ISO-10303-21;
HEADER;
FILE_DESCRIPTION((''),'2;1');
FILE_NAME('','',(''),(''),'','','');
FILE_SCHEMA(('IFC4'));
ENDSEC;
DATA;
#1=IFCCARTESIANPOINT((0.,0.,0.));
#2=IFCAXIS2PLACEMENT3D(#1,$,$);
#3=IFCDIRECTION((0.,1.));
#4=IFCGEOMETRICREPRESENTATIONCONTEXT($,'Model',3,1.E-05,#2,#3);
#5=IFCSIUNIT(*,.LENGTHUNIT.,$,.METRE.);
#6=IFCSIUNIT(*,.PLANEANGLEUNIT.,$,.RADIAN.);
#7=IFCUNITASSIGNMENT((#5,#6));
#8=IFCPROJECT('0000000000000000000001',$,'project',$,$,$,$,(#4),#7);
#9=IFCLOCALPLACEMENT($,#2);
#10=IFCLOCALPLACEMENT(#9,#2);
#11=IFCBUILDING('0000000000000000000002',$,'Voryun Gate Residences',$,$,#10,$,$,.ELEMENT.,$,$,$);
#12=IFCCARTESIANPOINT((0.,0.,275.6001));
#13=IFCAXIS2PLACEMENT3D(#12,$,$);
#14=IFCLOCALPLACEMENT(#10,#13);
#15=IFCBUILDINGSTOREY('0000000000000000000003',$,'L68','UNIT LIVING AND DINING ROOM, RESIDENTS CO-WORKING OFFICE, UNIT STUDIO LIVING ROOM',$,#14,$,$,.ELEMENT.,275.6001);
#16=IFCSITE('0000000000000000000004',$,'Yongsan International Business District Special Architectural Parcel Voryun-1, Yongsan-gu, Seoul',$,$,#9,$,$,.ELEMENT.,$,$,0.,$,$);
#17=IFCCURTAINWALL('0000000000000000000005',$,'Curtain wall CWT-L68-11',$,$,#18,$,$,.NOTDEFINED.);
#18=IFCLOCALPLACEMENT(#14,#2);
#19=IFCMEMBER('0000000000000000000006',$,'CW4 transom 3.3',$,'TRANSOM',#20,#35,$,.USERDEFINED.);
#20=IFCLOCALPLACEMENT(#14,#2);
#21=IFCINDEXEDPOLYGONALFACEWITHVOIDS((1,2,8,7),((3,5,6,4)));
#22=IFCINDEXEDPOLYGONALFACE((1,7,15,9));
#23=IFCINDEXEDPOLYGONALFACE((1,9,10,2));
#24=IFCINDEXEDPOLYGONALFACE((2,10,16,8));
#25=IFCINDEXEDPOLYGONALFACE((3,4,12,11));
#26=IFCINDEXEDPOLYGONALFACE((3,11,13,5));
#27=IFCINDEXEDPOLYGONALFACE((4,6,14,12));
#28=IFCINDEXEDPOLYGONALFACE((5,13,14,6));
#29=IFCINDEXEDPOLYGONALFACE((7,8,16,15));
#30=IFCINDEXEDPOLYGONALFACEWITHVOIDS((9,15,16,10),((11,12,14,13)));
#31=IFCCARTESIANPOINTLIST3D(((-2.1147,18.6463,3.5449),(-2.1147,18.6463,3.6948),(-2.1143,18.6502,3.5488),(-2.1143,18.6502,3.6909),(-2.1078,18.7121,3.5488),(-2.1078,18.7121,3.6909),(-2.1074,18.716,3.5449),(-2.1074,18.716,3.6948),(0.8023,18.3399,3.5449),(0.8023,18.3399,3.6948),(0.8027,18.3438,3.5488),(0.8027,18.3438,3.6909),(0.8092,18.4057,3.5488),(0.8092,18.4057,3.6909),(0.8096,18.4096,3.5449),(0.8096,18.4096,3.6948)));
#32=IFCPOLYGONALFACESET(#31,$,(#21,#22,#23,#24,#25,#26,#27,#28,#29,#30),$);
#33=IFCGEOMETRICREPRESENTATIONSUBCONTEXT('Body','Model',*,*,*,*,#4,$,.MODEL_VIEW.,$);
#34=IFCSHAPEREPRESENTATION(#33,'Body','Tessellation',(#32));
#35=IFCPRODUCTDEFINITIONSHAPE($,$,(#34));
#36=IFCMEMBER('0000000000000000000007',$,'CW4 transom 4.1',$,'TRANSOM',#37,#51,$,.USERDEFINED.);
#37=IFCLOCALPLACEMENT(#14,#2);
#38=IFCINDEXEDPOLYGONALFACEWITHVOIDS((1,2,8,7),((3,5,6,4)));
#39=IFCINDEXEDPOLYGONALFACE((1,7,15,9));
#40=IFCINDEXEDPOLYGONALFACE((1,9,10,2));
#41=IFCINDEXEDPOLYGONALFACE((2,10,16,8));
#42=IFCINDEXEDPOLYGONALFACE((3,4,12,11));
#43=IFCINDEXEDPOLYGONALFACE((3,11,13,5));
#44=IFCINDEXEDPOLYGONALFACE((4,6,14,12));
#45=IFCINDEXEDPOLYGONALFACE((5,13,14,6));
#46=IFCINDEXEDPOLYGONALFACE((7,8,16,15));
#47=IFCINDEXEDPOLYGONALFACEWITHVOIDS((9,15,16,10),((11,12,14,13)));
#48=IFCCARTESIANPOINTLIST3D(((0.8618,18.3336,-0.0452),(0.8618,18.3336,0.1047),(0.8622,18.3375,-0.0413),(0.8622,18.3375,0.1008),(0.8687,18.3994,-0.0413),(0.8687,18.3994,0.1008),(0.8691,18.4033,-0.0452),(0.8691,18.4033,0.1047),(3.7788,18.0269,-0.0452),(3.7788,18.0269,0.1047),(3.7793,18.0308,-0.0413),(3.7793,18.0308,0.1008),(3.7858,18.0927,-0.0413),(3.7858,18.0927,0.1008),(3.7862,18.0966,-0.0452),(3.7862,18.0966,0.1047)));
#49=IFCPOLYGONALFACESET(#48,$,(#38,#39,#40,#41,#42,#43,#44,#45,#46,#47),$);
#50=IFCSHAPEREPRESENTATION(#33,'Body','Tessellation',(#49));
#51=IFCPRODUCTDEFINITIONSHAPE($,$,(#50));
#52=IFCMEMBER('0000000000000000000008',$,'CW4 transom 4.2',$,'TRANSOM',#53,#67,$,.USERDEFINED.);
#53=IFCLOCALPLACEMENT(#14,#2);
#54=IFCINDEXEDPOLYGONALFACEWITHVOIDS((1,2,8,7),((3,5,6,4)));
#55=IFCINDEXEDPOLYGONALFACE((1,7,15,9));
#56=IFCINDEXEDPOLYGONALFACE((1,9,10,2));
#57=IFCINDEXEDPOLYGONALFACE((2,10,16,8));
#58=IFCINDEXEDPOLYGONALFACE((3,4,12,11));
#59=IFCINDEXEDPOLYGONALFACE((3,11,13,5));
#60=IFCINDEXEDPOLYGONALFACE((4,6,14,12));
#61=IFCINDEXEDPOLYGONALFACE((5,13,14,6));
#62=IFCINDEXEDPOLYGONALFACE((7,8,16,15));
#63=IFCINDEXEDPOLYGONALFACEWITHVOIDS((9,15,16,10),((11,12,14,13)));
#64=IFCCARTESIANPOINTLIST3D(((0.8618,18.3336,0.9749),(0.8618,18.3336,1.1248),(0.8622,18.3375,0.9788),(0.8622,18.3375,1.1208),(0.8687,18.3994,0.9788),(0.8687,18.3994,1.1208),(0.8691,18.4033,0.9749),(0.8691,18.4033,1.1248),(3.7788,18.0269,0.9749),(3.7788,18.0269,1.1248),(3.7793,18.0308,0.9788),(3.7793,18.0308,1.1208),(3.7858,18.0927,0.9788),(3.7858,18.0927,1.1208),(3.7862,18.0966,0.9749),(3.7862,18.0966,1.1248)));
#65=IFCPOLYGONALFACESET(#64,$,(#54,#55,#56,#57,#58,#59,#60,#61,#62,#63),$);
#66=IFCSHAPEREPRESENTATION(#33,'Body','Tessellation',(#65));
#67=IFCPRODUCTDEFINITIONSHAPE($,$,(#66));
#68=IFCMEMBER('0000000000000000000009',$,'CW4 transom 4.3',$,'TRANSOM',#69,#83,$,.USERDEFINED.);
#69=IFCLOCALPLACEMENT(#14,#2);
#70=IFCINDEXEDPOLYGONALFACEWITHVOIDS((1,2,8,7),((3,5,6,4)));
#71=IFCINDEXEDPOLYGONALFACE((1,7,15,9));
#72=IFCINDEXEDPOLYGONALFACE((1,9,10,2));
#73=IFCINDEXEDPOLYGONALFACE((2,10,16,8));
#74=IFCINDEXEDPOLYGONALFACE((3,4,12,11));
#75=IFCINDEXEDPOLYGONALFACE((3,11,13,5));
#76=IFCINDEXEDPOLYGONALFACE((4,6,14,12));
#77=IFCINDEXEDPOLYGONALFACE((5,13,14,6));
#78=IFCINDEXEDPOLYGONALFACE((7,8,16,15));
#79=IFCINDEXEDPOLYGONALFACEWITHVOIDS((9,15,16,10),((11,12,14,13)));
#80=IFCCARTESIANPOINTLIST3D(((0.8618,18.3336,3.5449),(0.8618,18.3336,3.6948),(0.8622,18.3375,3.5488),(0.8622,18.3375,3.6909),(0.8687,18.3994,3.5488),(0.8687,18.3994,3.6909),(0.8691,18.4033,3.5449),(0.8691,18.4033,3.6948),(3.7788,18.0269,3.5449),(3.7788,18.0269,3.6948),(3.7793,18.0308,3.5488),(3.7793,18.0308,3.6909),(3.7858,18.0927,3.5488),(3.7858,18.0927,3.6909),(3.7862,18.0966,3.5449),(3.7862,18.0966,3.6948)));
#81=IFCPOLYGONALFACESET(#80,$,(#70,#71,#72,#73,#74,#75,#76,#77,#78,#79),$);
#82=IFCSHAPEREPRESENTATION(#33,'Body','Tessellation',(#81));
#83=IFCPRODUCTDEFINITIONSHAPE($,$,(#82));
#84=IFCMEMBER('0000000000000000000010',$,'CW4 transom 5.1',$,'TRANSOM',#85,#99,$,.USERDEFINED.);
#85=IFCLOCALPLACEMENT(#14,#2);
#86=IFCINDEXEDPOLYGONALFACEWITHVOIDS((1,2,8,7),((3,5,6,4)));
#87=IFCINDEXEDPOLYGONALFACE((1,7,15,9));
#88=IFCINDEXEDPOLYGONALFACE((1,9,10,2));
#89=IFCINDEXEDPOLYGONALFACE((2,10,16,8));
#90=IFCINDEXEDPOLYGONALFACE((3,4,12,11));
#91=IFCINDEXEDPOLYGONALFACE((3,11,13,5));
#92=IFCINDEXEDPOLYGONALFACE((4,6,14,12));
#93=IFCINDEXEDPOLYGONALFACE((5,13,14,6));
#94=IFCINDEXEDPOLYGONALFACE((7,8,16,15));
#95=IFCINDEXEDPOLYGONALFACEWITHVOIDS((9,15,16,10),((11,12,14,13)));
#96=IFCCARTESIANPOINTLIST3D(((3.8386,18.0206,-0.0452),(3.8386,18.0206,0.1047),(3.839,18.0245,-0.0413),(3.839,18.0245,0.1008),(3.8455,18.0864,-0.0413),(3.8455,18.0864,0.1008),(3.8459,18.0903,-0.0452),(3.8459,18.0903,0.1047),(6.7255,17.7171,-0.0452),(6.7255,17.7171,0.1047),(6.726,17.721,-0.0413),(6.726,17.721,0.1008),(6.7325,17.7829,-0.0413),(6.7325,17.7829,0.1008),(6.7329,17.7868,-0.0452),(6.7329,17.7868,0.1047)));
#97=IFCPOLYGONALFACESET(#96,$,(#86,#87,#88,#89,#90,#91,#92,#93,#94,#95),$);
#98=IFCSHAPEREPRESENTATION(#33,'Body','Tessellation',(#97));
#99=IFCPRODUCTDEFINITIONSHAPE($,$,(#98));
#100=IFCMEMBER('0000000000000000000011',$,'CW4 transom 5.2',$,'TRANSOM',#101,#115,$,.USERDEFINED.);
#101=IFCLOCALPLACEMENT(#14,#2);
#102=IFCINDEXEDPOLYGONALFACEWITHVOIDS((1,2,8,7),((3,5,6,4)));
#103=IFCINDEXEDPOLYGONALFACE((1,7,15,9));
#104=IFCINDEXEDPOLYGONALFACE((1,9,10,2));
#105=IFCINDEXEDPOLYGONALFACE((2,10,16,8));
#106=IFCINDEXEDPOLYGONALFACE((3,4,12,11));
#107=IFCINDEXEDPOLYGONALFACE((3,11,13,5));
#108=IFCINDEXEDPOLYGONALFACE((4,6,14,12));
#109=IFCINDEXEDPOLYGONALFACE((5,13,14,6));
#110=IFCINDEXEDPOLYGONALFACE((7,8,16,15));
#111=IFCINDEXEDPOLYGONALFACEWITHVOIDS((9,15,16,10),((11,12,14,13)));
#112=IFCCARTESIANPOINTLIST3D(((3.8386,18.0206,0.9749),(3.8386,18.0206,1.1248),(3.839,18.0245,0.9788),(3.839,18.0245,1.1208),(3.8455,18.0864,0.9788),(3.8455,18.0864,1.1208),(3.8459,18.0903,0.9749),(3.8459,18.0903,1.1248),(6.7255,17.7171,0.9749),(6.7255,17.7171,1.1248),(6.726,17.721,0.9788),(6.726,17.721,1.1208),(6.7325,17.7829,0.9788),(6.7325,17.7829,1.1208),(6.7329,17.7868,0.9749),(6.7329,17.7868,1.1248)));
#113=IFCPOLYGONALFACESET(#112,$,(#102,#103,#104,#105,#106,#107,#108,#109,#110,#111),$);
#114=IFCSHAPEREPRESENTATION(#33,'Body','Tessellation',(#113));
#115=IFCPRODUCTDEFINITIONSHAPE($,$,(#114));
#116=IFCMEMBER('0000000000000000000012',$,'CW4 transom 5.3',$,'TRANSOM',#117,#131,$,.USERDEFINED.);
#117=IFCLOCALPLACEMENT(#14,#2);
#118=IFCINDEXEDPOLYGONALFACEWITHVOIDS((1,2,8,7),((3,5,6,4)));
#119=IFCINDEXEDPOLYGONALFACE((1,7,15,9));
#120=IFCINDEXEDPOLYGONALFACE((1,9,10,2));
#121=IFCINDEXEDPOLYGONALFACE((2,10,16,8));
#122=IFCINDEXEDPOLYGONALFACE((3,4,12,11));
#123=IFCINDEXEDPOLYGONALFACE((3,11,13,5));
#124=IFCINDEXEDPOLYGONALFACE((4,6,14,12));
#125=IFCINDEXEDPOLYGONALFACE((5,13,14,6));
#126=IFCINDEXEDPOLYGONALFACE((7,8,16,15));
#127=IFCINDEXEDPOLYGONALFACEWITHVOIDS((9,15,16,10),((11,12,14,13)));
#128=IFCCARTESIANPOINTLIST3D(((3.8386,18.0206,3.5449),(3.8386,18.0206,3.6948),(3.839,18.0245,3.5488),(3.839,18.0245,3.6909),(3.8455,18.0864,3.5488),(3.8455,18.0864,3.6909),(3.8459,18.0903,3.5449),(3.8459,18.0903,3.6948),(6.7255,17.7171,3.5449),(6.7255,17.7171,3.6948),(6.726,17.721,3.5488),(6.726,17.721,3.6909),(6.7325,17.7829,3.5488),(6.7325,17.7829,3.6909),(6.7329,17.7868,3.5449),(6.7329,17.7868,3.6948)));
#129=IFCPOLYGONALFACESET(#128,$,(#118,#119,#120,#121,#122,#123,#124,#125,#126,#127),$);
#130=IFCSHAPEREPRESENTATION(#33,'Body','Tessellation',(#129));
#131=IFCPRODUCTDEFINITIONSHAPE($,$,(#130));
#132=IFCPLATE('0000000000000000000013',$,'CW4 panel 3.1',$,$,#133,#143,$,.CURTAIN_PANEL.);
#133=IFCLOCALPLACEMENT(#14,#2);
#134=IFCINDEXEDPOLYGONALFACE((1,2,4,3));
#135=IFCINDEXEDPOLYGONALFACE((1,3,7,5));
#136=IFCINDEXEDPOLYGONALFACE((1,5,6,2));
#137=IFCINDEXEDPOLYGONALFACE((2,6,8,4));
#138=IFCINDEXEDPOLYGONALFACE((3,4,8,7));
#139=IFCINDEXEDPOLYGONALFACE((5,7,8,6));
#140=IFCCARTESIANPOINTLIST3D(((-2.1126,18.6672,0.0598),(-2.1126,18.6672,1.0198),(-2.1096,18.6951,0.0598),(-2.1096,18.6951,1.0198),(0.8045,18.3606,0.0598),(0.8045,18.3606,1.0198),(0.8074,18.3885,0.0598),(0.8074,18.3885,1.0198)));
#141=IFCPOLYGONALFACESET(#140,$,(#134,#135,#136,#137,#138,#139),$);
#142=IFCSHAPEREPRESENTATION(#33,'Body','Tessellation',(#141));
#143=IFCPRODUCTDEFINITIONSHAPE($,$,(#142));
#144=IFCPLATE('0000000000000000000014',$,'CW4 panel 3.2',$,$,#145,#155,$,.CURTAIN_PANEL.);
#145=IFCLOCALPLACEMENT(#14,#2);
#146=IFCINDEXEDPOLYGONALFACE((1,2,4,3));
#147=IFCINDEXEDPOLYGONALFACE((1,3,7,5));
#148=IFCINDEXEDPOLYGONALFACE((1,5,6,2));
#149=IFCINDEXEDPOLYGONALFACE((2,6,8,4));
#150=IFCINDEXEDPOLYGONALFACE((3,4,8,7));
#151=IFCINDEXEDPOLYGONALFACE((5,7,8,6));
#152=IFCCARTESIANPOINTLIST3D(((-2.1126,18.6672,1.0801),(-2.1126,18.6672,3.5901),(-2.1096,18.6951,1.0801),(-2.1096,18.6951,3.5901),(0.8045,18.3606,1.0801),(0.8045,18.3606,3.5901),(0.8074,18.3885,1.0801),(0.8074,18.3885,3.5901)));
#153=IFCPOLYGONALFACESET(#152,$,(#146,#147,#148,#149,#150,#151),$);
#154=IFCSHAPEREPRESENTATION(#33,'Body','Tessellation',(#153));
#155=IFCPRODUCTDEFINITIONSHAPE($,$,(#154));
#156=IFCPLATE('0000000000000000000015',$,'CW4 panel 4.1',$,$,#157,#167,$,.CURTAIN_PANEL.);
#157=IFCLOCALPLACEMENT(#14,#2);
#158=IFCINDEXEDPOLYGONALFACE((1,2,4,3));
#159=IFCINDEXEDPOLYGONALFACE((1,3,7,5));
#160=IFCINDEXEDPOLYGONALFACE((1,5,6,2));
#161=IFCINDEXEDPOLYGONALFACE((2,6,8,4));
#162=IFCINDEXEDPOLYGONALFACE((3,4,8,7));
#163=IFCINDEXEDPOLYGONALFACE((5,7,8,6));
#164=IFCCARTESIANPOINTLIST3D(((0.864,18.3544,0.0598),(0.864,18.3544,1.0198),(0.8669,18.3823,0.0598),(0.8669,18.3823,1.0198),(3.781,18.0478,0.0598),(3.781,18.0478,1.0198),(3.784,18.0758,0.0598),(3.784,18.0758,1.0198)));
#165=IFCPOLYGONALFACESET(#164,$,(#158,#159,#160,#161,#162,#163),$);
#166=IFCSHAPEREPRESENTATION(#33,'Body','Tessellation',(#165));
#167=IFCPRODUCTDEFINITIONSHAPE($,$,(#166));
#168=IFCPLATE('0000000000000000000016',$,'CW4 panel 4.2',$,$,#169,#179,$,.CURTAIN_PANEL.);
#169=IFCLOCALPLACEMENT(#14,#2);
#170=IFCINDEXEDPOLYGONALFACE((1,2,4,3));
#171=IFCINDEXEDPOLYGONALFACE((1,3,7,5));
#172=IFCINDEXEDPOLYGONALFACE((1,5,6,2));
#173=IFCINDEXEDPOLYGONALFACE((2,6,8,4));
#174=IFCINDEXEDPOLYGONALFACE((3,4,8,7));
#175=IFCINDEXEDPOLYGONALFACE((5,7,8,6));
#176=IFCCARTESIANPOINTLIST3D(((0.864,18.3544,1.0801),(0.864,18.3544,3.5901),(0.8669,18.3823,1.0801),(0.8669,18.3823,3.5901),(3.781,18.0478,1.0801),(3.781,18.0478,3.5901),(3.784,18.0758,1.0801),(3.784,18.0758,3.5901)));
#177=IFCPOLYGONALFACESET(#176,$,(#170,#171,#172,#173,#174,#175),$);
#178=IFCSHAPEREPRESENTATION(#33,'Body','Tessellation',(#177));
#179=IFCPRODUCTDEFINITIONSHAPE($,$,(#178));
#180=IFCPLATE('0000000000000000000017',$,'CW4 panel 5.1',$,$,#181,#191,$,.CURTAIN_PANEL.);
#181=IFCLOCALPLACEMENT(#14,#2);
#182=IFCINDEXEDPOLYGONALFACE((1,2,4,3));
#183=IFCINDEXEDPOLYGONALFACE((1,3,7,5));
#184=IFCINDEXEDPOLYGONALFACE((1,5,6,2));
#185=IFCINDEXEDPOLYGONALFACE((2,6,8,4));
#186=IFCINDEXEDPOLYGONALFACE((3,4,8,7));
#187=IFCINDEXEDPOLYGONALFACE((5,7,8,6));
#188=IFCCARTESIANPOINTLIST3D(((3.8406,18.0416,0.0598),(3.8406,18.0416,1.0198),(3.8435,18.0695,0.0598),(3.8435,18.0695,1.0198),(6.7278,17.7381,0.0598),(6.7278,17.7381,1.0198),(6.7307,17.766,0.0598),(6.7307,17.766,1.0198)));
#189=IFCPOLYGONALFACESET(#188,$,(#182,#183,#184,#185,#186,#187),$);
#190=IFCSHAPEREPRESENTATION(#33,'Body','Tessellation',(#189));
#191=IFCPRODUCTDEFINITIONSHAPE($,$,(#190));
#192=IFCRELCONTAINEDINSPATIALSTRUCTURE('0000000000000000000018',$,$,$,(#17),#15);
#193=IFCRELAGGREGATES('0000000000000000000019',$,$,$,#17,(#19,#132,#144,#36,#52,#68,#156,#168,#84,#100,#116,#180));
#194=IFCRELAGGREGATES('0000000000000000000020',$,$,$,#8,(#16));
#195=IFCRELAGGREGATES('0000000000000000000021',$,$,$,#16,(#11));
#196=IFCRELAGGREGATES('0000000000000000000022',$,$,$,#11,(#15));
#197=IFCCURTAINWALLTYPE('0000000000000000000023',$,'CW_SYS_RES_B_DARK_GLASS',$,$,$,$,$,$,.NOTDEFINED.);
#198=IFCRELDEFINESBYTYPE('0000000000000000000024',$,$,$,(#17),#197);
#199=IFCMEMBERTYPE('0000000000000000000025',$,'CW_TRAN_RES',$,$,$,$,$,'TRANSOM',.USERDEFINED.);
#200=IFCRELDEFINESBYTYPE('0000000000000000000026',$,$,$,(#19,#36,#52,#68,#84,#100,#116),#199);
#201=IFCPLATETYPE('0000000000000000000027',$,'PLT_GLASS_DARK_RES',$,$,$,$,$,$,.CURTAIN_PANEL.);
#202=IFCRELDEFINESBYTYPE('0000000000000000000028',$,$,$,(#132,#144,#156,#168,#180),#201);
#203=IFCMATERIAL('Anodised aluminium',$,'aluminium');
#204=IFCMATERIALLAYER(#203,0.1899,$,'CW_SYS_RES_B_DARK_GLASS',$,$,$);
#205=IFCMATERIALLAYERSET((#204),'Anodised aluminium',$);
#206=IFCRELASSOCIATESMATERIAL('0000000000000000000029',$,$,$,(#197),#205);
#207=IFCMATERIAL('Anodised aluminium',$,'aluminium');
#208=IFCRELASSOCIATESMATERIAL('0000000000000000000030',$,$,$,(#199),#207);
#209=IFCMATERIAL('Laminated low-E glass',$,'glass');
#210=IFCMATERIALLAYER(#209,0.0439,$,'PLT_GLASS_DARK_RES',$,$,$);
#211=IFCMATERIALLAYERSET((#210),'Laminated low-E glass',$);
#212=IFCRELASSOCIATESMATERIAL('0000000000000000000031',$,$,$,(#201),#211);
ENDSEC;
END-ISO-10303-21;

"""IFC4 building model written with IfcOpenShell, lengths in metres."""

from ifc_helpers import new_model, si_unit, direction, frame, origin, origin_2d, place, context, subcontext, project, spatial, rectangle, hollow_rectangle, extrude, material, layer, layer_set, material_profile, profile_set, type_object, element, aggregate, save


model = new_model("IFC4")

# Units and contexts
model_context = context("Model", 3, precision=1e-05, world=origin(), true_north=direction((0.0, 1.0)))
body_context = subcontext(model_context, "Body", "Model", "MODEL_VIEW")
ifc_project = project(units=[si_unit("LENGTHUNIT", "METRE"), si_unit("PLANEANGLEUNIT", "RADIAN")], contexts=[model_context])

# Site, building, storey
site_placement = place(None, origin())
site = spatial("IfcSite", under=ifc_project, at=site_placement, Name="Yongsan International Business District Special Architectural Parcel Voryun-1, Yongsan-gu, Seoul", CompositionType="ELEMENT", RefElevation=0.0)
building_placement = place(site_placement, origin())
building = spatial("IfcBuilding", under=site, at=building_placement, Name="Voryun Gate Residences", CompositionType="ELEMENT")
storey_placement = place(building_placement, frame((0.0, 0.0, 275.6001)))
storey = spatial("IfcBuildingStorey", under=building, at=storey_placement, Name="L68", Description="UNIT LIVING AND DINING ROOM, RESIDENTS CO-WORKING OFFICE, UNIT STUDIO LIVING ROOM", CompositionType="ELEMENT", Elevation=275.6001)

# Curtain wall, members, plates
ifc_material_1 = material(Name="Anodised aluminium", Category="aluminium")
ifc_layer_1 = layer(ifc_material_1, 0.1899, Name="CW_SYS_RES_B_DARK_GLASS")
ifc_layer_set_1 = layer_set([ifc_layer_1], Name="Anodised aluminium")
curtain_wall_type = type_object("IfcCurtainWallType", Name="CW_SYS_RES_B_DARK_GLASS", PredefinedType="NOTDEFINED", material=ifc_layer_set_1)
curtain_wall_placement = place(storey_placement, origin())
curtain_wall = element("IfcCurtainWall", 1, at=curtain_wall_placement, inside=storey, type_object=curtain_wall_type, Name="Curtain wall CWT-L68-11", PredefinedType="NOTDEFINED")
ifc_material_2 = material(Name="Anodised aluminium", Category="aluminium")
ifc_material_profile_1 = material_profile(ifc_material_2, hollow_rectangle(XDim=0.0701, YDim=0.1499, WallThickness=0.0039, at=origin_2d()), Name="ALU-TRAN-150x70x4")
ifc_profile_set_1 = profile_set([ifc_material_profile_1], Name="Anodised aluminium")
member_type_1 = type_object("IfcMemberType", Name="CW_TRAN_RES", ElementType="TRANSOM", PredefinedType="USERDEFINED", material=ifc_profile_set_1)
member_1_placement = place(storey_placement, frame((-2.1111, 18.6812, 3.6199), z_axis=(0.994529, -0.104464, 0.0), x_axis=(0.104464, 0.994529, 0.0)))
member_1 = element("IfcMember", 2, at=member_1_placement, type_object=member_type_1, Name="CW4 transom 3.3", ObjectType="TRANSOM", PredefinedType="USERDEFINED", context=body_context, shape_type="SweptSolid", body=[
    extrude(hollow_rectangle(XDim=0.0701, YDim=0.1499, WallThickness=0.0039, at=origin_2d()), origin(), (0.0, 0.0, 1.0), 2.9331),
])
member_2_placement = place(storey_placement, frame((0.8655, 18.3684, 0.0298), z_axis=(0.99452, -0.104546, 0.0), x_axis=(0.104546, 0.99452, 0.0)))
member_2 = element("IfcMember", 3, at=member_2_placement, type_object=member_type_1, Name="CW4 transom 4.1", ObjectType="TRANSOM", PredefinedType="USERDEFINED", context=body_context, shape_type="SweptSolid", body=[
    extrude(hollow_rectangle(XDim=0.0701, YDim=0.1499, WallThickness=0.0039, at=origin_2d()), origin(), (0.0, 0.0, 1.0), 2.9331),
])
member_3_placement = place(storey_placement, frame((0.8655, 18.3684, 1.0498), z_axis=(0.99452, -0.104546, 0.0), x_axis=(0.104546, 0.99452, 0.0)))
member_3 = element("IfcMember", 4, at=member_3_placement, type_object=member_type_1, Name="CW4 transom 4.2", ObjectType="TRANSOM", PredefinedType="USERDEFINED", context=body_context, shape_type="SweptSolid", body=[
    extrude(hollow_rectangle(XDim=0.0701, YDim=0.1499, WallThickness=0.0039, at=origin_2d()), origin(), (0.0, 0.0, 1.0), 2.9331),
])
member_4_placement = place(storey_placement, frame((0.8655, 18.3684, 3.6199), z_axis=(0.99452, -0.104546, 0.0), x_axis=(0.104546, 0.99452, 0.0)))
member_4 = element("IfcMember", 5, at=member_4_placement, type_object=member_type_1, Name="CW4 transom 4.3", ObjectType="TRANSOM", PredefinedType="USERDEFINED", context=body_context, shape_type="SweptSolid", body=[
    extrude(hollow_rectangle(XDim=0.0701, YDim=0.1499, WallThickness=0.0039, at=origin_2d()), origin(), (0.0, 0.0, 1.0), 2.9331),
])
member_5_placement = place(storey_placement, frame((3.8423, 18.0554, 0.0298), z_axis=(0.994521, -0.10454, 0.0), x_axis=(0.10454, 0.994521, 0.0)))
member_5 = element("IfcMember", 6, at=member_5_placement, type_object=member_type_1, Name="CW4 transom 5.1", ObjectType="TRANSOM", PredefinedType="USERDEFINED", context=body_context, shape_type="SweptSolid", body=[
    extrude(hollow_rectangle(XDim=0.0701, YDim=0.1499, WallThickness=0.0039, at=origin_2d()), origin(), (0.0, 0.0, 1.0), 2.9028),
])
member_6_placement = place(storey_placement, frame((3.8423, 18.0554, 1.0498), z_axis=(0.994521, -0.10454, 0.0), x_axis=(0.10454, 0.994521, 0.0)))
member_6 = element("IfcMember", 7, at=member_6_placement, type_object=member_type_1, Name="CW4 transom 5.2", ObjectType="TRANSOM", PredefinedType="USERDEFINED", context=body_context, shape_type="SweptSolid", body=[
    extrude(hollow_rectangle(XDim=0.0701, YDim=0.1499, WallThickness=0.0039, at=origin_2d()), origin(), (0.0, 0.0, 1.0), 2.9028),
])
member_7_placement = place(storey_placement, frame((3.8423, 18.0554, 3.6199), z_axis=(0.994521, -0.10454, 0.0), x_axis=(0.10454, 0.994521, 0.0)))
member_7 = element("IfcMember", 8, at=member_7_placement, type_object=member_type_1, Name="CW4 transom 5.3", ObjectType="TRANSOM", PredefinedType="USERDEFINED", context=body_context, shape_type="SweptSolid", body=[
    extrude(hollow_rectangle(XDim=0.0701, YDim=0.1499, WallThickness=0.0039, at=origin_2d()), origin(), (0.0, 0.0, 1.0), 2.9028),
])
ifc_material_3 = material(Name="Laminated low-E glass", Category="glass")
ifc_layer_2 = layer(ifc_material_3, 0.0439, Name="PLT_GLASS_DARK_RES")
ifc_layer_set_2 = layer_set([ifc_layer_2], Name="Laminated low-E glass")
plate_type = type_object("IfcPlateType", Name="PLT_GLASS_DARK_RES", PredefinedType="CURTAIN_PANEL", material=ifc_layer_set_2)
plate_1_placement = place(storey_placement, frame((-0.6526, 18.5278, 0.0598), z_axis=(0.0, 0.0, 1.0), x_axis=(0.994522, -0.104529, 0.0)))
plate_1 = element("IfcPlate", 9, at=plate_1_placement, type_object=plate_type, Name="CW4 panel 3.1", PredefinedType="CURTAIN_PANEL", context=body_context, shape_type="SweptSolid", body=[
    extrude(rectangle(XDim=2.9331, YDim=0.0281, at=origin_2d()), origin(), (0.0, 0.0, 1.0), 0.96),
])
plate_2_placement = place(storey_placement, frame((-0.6526, 18.5278, 1.0801), z_axis=(0.0, 0.0, 1.0), x_axis=(0.994522, -0.104529, 0.0)))
plate_2 = element("IfcPlate", 10, at=plate_2_placement, type_object=plate_type, Name="CW4 panel 3.2", PredefinedType="CURTAIN_PANEL", context=body_context, shape_type="SweptSolid", body=[
    extrude(rectangle(XDim=2.9331, YDim=0.0281, at=origin_2d()), origin(), (0.0, 0.0, 1.0), 2.51),
])
plate_3_placement = place(storey_placement, frame((2.324, 18.2151, 0.0598), z_axis=(0.0, 0.0, 1.0), x_axis=(0.994522, -0.104529, 0.0)))
plate_3 = element("IfcPlate", 11, at=plate_3_placement, type_object=plate_type, Name="CW4 panel 4.1", PredefinedType="CURTAIN_PANEL", context=body_context, shape_type="SweptSolid", body=[
    extrude(rectangle(XDim=2.9331, YDim=0.0281, at=origin_2d()), origin(), (0.0, 0.0, 1.0), 0.96),
])
plate_4_placement = place(storey_placement, frame((2.324, 18.2151, 1.0801), z_axis=(0.0, 0.0, 1.0), x_axis=(0.994522, -0.104529, 0.0)))
plate_4 = element("IfcPlate", 12, at=plate_4_placement, type_object=plate_type, Name="CW4 panel 4.2", PredefinedType="CURTAIN_PANEL", context=body_context, shape_type="SweptSolid", body=[
    extrude(rectangle(XDim=2.9331, YDim=0.0281, at=origin_2d()), origin(), (0.0, 0.0, 1.0), 2.51),
])
plate_5_placement = place(storey_placement, frame((5.2856, 17.9038, 0.0598), z_axis=(0.0, 0.0, 1.0), x_axis=(0.994522, -0.104529, 0.0)))
plate_5 = element("IfcPlate", 13, at=plate_5_placement, type_object=plate_type, Name="CW4 panel 5.1", PredefinedType="CURTAIN_PANEL", context=body_context, shape_type="SweptSolid", body=[
    extrude(rectangle(XDim=2.9031, YDim=0.0281, at=origin_2d()), origin(), (0.0, 0.0, 1.0), 0.96),
])
aggregate(curtain_wall, [member_1, plate_1, plate_2, member_2, member_3, member_4, plate_3, plate_4, member_5, member_6, member_7, plate_5])

save(model, "model.ifc")
